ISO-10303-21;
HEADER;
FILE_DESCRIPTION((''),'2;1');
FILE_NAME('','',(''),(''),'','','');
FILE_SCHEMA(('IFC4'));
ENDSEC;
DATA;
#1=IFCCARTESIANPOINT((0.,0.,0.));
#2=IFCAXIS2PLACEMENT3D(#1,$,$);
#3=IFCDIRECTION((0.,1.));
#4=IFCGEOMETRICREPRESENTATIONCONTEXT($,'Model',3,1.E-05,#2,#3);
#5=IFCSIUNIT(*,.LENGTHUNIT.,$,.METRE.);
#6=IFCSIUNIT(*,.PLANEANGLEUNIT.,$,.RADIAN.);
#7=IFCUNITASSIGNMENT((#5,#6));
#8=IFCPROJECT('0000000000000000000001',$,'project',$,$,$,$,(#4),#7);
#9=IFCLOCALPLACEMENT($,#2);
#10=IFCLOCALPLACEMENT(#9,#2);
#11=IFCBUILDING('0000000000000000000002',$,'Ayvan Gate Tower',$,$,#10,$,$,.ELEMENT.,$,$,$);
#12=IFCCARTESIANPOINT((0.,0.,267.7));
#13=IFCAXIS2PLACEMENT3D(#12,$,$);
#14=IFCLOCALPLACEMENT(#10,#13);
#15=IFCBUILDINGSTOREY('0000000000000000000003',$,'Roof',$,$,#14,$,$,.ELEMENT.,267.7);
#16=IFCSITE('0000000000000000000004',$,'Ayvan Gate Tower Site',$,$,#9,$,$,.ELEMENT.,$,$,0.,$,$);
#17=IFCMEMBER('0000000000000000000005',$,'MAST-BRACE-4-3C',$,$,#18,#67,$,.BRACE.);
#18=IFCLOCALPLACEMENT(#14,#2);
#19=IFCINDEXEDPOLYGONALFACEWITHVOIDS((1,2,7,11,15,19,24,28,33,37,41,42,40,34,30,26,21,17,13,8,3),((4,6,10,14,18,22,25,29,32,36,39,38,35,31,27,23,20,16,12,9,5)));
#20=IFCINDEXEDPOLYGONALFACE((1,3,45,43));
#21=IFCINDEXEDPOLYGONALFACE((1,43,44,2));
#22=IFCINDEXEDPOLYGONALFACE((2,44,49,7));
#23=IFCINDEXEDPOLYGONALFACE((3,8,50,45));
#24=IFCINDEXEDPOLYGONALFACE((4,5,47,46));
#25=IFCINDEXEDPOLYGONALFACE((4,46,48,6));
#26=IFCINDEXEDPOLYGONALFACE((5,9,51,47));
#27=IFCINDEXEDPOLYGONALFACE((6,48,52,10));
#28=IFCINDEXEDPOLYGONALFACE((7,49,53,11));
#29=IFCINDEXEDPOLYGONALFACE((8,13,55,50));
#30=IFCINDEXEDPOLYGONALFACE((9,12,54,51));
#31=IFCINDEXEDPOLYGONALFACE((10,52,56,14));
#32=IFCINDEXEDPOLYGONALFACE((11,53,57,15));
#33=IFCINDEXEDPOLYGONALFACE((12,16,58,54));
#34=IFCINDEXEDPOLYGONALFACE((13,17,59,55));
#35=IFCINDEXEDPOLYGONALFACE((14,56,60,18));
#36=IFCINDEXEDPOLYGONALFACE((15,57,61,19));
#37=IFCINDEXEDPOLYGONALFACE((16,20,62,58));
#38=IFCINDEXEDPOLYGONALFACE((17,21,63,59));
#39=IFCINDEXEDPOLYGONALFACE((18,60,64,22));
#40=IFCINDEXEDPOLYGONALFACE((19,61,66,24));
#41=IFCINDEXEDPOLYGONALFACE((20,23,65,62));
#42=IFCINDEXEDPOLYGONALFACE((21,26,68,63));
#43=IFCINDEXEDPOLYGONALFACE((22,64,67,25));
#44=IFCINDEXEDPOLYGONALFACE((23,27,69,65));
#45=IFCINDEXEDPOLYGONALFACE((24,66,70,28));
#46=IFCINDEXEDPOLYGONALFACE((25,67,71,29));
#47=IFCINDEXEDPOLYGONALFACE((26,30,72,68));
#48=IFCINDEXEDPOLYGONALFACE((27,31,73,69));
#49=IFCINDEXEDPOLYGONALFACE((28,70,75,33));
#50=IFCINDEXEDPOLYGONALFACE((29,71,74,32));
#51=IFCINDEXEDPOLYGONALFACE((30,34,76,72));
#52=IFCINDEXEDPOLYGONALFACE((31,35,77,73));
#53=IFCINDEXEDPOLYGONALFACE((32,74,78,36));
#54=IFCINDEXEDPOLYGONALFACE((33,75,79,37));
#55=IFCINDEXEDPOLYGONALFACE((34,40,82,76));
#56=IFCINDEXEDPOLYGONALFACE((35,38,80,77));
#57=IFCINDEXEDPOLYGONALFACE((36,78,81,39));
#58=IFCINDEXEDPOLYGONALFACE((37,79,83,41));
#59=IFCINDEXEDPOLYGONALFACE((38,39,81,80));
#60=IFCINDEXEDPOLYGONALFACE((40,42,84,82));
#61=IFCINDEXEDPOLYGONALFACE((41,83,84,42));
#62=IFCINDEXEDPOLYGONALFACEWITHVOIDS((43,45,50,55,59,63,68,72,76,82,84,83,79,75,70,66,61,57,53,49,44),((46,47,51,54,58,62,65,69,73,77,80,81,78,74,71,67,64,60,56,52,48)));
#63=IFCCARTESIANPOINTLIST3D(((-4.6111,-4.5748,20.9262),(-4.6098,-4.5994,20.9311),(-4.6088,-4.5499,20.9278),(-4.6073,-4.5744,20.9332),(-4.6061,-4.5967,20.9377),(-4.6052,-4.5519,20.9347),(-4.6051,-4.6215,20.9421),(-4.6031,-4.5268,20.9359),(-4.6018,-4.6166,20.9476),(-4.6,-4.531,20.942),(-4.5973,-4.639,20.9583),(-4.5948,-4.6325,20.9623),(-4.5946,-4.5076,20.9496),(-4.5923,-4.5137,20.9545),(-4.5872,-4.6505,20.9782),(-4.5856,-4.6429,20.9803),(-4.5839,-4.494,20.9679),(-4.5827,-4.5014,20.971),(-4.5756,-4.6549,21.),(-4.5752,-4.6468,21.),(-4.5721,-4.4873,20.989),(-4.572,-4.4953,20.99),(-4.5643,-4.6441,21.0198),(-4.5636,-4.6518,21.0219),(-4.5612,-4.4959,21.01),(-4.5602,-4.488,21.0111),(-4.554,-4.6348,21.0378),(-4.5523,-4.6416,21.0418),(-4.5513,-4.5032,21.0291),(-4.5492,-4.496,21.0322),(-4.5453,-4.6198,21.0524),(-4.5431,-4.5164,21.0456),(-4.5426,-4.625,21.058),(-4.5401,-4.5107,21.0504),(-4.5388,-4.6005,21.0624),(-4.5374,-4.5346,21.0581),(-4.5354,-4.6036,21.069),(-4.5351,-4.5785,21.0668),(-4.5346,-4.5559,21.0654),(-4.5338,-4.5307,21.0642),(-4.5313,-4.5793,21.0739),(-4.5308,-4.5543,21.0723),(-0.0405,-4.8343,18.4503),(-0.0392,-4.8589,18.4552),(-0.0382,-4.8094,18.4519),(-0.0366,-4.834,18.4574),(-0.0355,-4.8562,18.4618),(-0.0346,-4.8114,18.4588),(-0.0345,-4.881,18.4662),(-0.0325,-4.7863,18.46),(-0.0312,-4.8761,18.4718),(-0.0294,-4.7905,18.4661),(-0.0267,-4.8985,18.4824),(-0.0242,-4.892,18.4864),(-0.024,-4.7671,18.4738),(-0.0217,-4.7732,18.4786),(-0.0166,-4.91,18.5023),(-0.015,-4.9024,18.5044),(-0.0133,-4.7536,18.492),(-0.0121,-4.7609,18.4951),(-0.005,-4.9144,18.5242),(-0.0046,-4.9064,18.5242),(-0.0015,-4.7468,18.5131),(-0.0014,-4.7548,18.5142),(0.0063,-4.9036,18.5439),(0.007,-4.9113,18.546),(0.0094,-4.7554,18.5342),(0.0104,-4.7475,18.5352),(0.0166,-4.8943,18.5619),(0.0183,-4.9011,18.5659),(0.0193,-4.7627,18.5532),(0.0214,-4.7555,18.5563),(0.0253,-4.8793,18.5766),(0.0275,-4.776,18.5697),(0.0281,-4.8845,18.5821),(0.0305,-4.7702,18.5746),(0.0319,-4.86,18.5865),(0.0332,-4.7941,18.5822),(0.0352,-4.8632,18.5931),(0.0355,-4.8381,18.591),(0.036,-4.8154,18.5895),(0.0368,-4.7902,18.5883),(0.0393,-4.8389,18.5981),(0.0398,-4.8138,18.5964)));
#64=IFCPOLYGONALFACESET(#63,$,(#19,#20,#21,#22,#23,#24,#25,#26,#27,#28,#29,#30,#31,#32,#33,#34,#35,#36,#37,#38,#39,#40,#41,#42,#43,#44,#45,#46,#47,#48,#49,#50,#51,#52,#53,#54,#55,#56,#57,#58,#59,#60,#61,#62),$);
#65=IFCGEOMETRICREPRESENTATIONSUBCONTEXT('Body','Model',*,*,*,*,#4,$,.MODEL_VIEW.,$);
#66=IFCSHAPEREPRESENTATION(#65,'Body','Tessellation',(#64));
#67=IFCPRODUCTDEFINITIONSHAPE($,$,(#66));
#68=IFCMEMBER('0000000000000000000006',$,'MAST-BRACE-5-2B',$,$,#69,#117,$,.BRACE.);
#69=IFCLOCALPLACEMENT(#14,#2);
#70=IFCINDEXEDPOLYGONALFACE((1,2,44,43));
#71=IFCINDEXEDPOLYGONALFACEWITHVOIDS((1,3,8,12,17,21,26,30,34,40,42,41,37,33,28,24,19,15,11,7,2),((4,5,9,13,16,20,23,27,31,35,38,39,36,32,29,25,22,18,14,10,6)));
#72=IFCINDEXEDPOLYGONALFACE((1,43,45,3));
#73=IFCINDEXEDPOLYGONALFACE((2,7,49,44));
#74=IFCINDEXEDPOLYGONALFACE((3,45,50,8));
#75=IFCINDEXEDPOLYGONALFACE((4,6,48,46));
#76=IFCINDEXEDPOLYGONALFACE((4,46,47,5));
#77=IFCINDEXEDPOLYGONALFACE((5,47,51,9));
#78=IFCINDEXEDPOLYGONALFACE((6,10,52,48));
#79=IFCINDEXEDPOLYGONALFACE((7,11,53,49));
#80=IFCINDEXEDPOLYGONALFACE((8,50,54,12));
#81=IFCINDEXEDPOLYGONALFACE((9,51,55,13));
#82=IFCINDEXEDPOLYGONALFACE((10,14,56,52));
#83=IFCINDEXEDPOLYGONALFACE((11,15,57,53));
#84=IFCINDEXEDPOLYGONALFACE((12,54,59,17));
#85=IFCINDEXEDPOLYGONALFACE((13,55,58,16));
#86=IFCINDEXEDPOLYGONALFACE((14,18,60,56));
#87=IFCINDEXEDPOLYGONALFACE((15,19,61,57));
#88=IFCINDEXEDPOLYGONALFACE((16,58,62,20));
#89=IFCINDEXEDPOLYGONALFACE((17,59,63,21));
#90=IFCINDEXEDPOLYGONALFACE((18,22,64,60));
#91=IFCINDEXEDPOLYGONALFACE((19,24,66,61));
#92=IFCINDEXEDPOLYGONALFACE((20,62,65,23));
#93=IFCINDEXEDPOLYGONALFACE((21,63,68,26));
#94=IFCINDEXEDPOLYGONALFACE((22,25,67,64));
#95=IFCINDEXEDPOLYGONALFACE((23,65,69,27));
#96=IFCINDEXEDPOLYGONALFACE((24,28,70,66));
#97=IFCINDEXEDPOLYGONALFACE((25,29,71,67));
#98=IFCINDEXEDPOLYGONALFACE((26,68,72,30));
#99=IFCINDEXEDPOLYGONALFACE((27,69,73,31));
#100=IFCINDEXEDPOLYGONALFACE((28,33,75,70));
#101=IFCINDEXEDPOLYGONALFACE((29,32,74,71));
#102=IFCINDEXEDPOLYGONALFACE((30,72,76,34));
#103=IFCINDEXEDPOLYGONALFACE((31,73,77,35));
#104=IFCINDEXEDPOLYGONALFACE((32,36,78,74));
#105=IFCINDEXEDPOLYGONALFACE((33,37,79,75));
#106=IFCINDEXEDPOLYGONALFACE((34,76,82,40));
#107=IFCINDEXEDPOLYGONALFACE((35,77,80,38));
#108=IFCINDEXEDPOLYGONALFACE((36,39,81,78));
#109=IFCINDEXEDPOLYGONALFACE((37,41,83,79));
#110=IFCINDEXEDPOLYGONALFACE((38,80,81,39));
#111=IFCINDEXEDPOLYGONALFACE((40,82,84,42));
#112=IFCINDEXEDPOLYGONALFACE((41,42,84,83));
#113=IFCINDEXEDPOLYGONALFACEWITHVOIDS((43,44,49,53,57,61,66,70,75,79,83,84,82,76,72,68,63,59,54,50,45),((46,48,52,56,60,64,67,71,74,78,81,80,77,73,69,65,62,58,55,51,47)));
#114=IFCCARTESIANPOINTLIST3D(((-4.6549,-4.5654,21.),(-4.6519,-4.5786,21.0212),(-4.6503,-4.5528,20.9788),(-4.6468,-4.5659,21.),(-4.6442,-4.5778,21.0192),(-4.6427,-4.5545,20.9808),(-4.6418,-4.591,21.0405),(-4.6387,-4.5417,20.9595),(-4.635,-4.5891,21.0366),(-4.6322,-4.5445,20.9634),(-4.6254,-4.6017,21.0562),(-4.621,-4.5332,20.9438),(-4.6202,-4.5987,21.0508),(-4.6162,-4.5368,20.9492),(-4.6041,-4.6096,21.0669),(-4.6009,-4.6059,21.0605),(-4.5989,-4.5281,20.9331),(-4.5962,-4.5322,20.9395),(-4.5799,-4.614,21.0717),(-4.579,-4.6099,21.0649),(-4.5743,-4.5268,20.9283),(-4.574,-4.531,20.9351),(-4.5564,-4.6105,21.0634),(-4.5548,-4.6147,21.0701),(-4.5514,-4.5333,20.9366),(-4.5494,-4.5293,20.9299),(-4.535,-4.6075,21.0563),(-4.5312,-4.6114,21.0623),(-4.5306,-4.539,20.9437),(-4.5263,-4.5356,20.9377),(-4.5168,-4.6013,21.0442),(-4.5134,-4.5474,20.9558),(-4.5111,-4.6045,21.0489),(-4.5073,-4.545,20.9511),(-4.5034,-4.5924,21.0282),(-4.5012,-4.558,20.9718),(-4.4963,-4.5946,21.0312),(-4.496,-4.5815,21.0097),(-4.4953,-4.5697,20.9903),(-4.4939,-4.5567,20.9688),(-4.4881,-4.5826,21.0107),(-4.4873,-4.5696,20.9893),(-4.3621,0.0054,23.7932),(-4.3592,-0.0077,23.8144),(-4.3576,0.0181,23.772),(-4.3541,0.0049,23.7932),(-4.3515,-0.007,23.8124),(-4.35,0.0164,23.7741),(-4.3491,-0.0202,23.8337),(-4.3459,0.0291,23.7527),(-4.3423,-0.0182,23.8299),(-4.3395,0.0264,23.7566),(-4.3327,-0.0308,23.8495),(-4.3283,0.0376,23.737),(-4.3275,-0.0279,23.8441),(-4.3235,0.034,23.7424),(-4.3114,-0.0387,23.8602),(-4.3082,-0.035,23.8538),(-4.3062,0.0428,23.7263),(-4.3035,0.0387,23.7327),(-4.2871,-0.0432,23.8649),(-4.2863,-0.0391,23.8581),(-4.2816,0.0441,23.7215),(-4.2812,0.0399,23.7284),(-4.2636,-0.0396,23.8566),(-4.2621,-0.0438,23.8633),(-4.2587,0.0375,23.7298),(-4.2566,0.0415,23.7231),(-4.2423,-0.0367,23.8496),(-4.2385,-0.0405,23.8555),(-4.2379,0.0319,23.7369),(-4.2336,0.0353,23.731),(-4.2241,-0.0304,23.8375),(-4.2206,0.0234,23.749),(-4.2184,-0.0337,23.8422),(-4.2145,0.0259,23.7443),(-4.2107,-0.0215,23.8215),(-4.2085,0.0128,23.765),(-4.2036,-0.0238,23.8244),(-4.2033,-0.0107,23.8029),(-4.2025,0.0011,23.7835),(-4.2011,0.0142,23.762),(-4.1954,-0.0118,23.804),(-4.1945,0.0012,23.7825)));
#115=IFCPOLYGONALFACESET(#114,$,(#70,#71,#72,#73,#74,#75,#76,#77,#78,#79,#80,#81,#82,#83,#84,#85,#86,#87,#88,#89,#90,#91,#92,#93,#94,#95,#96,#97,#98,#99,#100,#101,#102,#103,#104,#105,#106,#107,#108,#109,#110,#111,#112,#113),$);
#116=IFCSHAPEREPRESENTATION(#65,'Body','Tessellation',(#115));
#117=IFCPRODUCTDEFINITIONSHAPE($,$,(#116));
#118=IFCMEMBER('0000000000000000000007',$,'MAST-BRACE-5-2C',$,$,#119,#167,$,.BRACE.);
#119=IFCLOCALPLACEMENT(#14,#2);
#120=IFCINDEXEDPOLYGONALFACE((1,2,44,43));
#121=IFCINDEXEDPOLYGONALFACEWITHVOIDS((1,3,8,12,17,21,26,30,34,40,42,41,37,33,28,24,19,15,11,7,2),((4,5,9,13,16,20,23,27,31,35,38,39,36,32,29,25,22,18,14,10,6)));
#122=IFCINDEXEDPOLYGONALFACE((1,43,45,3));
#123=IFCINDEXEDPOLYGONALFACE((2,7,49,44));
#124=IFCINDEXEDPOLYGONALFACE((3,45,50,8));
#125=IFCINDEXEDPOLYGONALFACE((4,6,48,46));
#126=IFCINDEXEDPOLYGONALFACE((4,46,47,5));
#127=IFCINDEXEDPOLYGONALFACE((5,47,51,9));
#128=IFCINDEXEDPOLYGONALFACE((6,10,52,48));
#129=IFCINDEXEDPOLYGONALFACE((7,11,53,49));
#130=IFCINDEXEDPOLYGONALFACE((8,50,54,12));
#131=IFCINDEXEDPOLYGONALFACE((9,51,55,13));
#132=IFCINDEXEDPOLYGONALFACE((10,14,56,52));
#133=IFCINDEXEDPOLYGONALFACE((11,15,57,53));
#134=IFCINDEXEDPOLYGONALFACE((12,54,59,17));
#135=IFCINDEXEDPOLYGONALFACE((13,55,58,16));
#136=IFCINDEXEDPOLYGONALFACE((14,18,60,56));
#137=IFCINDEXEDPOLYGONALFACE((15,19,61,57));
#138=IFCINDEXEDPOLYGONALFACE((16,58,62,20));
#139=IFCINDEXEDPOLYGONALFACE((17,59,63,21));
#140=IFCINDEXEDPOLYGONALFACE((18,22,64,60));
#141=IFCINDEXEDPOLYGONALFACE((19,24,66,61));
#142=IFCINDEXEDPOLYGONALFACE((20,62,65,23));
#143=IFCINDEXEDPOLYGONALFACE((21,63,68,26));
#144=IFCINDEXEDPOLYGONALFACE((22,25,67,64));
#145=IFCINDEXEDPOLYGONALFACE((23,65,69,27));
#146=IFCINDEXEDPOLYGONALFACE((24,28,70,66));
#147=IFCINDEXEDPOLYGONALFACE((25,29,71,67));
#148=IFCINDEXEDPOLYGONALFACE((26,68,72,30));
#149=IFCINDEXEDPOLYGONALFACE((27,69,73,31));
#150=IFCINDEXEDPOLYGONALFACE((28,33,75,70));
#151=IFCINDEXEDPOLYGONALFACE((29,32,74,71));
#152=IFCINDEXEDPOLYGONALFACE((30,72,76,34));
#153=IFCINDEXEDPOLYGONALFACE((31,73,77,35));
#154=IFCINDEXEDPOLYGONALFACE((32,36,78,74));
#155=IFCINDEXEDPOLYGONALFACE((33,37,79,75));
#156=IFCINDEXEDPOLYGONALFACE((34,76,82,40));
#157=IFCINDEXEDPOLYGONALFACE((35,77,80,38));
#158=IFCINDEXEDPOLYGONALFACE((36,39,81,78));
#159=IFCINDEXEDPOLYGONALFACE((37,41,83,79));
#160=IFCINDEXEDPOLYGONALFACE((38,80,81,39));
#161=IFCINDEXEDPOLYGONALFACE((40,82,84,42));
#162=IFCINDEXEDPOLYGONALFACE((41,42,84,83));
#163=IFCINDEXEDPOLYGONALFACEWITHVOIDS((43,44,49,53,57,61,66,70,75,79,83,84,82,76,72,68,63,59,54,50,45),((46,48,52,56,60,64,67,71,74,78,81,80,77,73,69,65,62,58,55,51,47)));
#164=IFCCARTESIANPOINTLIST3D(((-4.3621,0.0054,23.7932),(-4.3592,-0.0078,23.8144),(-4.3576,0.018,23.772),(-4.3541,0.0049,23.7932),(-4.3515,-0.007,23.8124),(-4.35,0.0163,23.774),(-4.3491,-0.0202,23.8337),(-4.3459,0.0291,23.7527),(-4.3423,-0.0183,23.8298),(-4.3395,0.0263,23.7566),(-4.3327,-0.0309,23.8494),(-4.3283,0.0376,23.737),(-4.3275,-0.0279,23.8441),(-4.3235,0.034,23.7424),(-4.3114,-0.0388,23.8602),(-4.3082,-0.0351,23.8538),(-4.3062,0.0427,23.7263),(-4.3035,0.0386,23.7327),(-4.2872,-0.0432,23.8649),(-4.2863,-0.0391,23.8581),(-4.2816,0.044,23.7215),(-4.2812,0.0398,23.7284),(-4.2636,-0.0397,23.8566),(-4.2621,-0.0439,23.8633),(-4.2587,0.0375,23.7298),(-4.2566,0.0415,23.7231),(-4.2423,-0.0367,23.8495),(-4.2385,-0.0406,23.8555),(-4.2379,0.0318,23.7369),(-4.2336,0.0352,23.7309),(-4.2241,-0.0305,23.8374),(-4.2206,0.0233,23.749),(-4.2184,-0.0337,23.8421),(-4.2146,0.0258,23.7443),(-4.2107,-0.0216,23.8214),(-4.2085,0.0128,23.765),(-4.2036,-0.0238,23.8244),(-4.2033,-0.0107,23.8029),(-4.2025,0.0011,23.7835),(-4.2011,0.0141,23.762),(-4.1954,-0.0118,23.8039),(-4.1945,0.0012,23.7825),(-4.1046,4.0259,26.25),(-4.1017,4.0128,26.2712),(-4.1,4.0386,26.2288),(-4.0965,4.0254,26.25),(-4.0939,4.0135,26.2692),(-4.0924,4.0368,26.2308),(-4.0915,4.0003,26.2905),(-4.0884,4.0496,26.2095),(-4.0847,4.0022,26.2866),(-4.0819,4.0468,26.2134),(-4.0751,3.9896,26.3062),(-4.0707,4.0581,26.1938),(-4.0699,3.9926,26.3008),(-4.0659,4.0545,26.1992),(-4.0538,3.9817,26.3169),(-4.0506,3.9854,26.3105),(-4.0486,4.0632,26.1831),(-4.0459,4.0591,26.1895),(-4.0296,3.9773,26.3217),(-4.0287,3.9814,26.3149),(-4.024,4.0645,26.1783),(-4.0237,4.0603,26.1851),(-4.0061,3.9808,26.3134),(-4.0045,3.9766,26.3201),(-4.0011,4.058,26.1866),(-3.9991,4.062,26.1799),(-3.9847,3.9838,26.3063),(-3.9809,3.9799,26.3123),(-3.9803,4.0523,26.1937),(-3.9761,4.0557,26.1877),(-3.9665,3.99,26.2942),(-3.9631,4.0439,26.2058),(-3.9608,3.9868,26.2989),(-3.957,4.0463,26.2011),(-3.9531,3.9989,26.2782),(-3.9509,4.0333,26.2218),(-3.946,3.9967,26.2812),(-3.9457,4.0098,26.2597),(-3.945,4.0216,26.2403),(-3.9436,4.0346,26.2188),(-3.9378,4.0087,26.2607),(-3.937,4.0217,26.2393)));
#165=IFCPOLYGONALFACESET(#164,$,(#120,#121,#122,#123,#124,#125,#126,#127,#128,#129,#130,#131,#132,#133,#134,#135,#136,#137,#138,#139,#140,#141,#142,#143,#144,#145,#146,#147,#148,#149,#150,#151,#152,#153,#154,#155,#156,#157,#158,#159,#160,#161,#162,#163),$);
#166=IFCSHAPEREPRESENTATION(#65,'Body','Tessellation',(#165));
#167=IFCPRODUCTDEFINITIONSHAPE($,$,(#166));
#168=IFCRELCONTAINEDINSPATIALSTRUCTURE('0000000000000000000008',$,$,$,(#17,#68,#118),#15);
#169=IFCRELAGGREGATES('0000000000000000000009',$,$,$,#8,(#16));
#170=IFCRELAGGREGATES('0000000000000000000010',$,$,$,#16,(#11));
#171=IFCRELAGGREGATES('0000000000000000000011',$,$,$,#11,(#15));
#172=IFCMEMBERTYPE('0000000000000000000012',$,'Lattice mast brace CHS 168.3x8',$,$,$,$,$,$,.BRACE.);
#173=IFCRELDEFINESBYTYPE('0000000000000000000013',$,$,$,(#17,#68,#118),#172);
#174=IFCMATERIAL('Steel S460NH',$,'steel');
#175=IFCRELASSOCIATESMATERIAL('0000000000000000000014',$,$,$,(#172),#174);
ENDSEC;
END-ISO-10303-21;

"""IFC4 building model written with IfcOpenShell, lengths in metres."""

from ifc_helpers import new_model, si_unit, direction, frame, origin, origin_2d, place, context, subcontext, project, spatial, hollow_circle, extrude, material, material_profile, profile_set, type_object, element, save


model = new_model("IFC4")

# Units and contexts
model_context = context("Model", 3, precision=1e-05, world=origin(), true_north=direction((0.0, 1.0)))
body_context = subcontext(model_context, "Body", "Model", "MODEL_VIEW")
ifc_project = project(units=[si_unit("LENGTHUNIT", "METRE"), si_unit("PLANEANGLEUNIT", "RADIAN")], contexts=[model_context])

# Site, building, storey
site_placement = place(None, origin())
site = spatial("IfcSite", under=ifc_project, at=site_placement, Name="Ayvan Gate Tower Site", CompositionType="ELEMENT", RefElevation=0.0)
building_placement = place(site_placement, origin())
building = spatial("IfcBuilding", under=site, at=building_placement, Name="Ayvan Gate Tower", CompositionType="ELEMENT")
storey_placement = place(building_placement, frame((0.0, 0.0, 267.7)))
storey = spatial("IfcBuildingStorey", under=building, at=storey_placement, Name="Roof", CompositionType="ELEMENT", Elevation=267.7)

# Members
ifc_material_1 = material(Name="Steel S460NH", Category="steel")
ifc_material_profile_1 = material_profile(ifc_material_1, hollow_circle(Radius=0.0842, WallThickness=0.0081, at=origin_2d()), Name="CHS 168.3x8")
ifc_profile_set_1 = profile_set([ifc_material_profile_1], Name="Steel S460NH")
member_type_1 = type_object("IfcMemberType", Name="Lattice mast brace CHS 168.3x8", PredefinedType="BRACE", material=ifc_profile_set_1)
member_1_placement = place(storey_placement, frame((-0.0002, -4.8303, 18.5242), z_axis=(-0.878189, 0.049865, 0.475707), x_axis=(-0.05669, -0.998392, 0.0)))
element("IfcMember", 1, at=member_1_placement, inside=storey, type_object=member_type_1, Name="MAST-BRACE-4-3C", PredefinedType="BRACE", context=body_context, shape_type="SweptSolid", body=[
    extrude(hollow_circle(Radius=0.0842, WallThickness=0.0081, at=origin_2d()), origin(), (0.0, 0.0, 1.0), 5.2046),
])
member_2_placement = place(storey_placement, frame((-4.5708, -4.5708, 21.0), z_axis=(0.054565, 0.852015, 0.520666), x_axis=(-0.997956, 0.063911, 0.0)))
element("IfcMember", 2, at=member_2_placement, inside=storey, type_object=member_type_1, Name="MAST-BRACE-5-2B", PredefinedType="BRACE", context=body_context, shape_type="SweptSolid", body=[
    extrude(hollow_circle(Radius=0.0842, WallThickness=0.0081, at=origin_2d()), origin(), (0.0, 0.0, 1.0), 5.3647),
])
member_3_placement = place(storey_placement, frame((-4.2781, 0.0, 23.7932), z_axis=(0.054584, 0.852028, 0.520643), x_axis=(-0.997954, 0.063933, 0.0)))
element("IfcMember", 3, at=member_3_placement, inside=storey, type_object=member_type_1, Name="MAST-BRACE-5-2C", PredefinedType="BRACE", context=body_context, shape_type="SweptSolid", body=[
    extrude(hollow_circle(Radius=0.0842, WallThickness=0.0081, at=origin_2d()), origin(), (0.0, 0.0, 1.0), 4.7188),
])

save(model, "model.ifc")
